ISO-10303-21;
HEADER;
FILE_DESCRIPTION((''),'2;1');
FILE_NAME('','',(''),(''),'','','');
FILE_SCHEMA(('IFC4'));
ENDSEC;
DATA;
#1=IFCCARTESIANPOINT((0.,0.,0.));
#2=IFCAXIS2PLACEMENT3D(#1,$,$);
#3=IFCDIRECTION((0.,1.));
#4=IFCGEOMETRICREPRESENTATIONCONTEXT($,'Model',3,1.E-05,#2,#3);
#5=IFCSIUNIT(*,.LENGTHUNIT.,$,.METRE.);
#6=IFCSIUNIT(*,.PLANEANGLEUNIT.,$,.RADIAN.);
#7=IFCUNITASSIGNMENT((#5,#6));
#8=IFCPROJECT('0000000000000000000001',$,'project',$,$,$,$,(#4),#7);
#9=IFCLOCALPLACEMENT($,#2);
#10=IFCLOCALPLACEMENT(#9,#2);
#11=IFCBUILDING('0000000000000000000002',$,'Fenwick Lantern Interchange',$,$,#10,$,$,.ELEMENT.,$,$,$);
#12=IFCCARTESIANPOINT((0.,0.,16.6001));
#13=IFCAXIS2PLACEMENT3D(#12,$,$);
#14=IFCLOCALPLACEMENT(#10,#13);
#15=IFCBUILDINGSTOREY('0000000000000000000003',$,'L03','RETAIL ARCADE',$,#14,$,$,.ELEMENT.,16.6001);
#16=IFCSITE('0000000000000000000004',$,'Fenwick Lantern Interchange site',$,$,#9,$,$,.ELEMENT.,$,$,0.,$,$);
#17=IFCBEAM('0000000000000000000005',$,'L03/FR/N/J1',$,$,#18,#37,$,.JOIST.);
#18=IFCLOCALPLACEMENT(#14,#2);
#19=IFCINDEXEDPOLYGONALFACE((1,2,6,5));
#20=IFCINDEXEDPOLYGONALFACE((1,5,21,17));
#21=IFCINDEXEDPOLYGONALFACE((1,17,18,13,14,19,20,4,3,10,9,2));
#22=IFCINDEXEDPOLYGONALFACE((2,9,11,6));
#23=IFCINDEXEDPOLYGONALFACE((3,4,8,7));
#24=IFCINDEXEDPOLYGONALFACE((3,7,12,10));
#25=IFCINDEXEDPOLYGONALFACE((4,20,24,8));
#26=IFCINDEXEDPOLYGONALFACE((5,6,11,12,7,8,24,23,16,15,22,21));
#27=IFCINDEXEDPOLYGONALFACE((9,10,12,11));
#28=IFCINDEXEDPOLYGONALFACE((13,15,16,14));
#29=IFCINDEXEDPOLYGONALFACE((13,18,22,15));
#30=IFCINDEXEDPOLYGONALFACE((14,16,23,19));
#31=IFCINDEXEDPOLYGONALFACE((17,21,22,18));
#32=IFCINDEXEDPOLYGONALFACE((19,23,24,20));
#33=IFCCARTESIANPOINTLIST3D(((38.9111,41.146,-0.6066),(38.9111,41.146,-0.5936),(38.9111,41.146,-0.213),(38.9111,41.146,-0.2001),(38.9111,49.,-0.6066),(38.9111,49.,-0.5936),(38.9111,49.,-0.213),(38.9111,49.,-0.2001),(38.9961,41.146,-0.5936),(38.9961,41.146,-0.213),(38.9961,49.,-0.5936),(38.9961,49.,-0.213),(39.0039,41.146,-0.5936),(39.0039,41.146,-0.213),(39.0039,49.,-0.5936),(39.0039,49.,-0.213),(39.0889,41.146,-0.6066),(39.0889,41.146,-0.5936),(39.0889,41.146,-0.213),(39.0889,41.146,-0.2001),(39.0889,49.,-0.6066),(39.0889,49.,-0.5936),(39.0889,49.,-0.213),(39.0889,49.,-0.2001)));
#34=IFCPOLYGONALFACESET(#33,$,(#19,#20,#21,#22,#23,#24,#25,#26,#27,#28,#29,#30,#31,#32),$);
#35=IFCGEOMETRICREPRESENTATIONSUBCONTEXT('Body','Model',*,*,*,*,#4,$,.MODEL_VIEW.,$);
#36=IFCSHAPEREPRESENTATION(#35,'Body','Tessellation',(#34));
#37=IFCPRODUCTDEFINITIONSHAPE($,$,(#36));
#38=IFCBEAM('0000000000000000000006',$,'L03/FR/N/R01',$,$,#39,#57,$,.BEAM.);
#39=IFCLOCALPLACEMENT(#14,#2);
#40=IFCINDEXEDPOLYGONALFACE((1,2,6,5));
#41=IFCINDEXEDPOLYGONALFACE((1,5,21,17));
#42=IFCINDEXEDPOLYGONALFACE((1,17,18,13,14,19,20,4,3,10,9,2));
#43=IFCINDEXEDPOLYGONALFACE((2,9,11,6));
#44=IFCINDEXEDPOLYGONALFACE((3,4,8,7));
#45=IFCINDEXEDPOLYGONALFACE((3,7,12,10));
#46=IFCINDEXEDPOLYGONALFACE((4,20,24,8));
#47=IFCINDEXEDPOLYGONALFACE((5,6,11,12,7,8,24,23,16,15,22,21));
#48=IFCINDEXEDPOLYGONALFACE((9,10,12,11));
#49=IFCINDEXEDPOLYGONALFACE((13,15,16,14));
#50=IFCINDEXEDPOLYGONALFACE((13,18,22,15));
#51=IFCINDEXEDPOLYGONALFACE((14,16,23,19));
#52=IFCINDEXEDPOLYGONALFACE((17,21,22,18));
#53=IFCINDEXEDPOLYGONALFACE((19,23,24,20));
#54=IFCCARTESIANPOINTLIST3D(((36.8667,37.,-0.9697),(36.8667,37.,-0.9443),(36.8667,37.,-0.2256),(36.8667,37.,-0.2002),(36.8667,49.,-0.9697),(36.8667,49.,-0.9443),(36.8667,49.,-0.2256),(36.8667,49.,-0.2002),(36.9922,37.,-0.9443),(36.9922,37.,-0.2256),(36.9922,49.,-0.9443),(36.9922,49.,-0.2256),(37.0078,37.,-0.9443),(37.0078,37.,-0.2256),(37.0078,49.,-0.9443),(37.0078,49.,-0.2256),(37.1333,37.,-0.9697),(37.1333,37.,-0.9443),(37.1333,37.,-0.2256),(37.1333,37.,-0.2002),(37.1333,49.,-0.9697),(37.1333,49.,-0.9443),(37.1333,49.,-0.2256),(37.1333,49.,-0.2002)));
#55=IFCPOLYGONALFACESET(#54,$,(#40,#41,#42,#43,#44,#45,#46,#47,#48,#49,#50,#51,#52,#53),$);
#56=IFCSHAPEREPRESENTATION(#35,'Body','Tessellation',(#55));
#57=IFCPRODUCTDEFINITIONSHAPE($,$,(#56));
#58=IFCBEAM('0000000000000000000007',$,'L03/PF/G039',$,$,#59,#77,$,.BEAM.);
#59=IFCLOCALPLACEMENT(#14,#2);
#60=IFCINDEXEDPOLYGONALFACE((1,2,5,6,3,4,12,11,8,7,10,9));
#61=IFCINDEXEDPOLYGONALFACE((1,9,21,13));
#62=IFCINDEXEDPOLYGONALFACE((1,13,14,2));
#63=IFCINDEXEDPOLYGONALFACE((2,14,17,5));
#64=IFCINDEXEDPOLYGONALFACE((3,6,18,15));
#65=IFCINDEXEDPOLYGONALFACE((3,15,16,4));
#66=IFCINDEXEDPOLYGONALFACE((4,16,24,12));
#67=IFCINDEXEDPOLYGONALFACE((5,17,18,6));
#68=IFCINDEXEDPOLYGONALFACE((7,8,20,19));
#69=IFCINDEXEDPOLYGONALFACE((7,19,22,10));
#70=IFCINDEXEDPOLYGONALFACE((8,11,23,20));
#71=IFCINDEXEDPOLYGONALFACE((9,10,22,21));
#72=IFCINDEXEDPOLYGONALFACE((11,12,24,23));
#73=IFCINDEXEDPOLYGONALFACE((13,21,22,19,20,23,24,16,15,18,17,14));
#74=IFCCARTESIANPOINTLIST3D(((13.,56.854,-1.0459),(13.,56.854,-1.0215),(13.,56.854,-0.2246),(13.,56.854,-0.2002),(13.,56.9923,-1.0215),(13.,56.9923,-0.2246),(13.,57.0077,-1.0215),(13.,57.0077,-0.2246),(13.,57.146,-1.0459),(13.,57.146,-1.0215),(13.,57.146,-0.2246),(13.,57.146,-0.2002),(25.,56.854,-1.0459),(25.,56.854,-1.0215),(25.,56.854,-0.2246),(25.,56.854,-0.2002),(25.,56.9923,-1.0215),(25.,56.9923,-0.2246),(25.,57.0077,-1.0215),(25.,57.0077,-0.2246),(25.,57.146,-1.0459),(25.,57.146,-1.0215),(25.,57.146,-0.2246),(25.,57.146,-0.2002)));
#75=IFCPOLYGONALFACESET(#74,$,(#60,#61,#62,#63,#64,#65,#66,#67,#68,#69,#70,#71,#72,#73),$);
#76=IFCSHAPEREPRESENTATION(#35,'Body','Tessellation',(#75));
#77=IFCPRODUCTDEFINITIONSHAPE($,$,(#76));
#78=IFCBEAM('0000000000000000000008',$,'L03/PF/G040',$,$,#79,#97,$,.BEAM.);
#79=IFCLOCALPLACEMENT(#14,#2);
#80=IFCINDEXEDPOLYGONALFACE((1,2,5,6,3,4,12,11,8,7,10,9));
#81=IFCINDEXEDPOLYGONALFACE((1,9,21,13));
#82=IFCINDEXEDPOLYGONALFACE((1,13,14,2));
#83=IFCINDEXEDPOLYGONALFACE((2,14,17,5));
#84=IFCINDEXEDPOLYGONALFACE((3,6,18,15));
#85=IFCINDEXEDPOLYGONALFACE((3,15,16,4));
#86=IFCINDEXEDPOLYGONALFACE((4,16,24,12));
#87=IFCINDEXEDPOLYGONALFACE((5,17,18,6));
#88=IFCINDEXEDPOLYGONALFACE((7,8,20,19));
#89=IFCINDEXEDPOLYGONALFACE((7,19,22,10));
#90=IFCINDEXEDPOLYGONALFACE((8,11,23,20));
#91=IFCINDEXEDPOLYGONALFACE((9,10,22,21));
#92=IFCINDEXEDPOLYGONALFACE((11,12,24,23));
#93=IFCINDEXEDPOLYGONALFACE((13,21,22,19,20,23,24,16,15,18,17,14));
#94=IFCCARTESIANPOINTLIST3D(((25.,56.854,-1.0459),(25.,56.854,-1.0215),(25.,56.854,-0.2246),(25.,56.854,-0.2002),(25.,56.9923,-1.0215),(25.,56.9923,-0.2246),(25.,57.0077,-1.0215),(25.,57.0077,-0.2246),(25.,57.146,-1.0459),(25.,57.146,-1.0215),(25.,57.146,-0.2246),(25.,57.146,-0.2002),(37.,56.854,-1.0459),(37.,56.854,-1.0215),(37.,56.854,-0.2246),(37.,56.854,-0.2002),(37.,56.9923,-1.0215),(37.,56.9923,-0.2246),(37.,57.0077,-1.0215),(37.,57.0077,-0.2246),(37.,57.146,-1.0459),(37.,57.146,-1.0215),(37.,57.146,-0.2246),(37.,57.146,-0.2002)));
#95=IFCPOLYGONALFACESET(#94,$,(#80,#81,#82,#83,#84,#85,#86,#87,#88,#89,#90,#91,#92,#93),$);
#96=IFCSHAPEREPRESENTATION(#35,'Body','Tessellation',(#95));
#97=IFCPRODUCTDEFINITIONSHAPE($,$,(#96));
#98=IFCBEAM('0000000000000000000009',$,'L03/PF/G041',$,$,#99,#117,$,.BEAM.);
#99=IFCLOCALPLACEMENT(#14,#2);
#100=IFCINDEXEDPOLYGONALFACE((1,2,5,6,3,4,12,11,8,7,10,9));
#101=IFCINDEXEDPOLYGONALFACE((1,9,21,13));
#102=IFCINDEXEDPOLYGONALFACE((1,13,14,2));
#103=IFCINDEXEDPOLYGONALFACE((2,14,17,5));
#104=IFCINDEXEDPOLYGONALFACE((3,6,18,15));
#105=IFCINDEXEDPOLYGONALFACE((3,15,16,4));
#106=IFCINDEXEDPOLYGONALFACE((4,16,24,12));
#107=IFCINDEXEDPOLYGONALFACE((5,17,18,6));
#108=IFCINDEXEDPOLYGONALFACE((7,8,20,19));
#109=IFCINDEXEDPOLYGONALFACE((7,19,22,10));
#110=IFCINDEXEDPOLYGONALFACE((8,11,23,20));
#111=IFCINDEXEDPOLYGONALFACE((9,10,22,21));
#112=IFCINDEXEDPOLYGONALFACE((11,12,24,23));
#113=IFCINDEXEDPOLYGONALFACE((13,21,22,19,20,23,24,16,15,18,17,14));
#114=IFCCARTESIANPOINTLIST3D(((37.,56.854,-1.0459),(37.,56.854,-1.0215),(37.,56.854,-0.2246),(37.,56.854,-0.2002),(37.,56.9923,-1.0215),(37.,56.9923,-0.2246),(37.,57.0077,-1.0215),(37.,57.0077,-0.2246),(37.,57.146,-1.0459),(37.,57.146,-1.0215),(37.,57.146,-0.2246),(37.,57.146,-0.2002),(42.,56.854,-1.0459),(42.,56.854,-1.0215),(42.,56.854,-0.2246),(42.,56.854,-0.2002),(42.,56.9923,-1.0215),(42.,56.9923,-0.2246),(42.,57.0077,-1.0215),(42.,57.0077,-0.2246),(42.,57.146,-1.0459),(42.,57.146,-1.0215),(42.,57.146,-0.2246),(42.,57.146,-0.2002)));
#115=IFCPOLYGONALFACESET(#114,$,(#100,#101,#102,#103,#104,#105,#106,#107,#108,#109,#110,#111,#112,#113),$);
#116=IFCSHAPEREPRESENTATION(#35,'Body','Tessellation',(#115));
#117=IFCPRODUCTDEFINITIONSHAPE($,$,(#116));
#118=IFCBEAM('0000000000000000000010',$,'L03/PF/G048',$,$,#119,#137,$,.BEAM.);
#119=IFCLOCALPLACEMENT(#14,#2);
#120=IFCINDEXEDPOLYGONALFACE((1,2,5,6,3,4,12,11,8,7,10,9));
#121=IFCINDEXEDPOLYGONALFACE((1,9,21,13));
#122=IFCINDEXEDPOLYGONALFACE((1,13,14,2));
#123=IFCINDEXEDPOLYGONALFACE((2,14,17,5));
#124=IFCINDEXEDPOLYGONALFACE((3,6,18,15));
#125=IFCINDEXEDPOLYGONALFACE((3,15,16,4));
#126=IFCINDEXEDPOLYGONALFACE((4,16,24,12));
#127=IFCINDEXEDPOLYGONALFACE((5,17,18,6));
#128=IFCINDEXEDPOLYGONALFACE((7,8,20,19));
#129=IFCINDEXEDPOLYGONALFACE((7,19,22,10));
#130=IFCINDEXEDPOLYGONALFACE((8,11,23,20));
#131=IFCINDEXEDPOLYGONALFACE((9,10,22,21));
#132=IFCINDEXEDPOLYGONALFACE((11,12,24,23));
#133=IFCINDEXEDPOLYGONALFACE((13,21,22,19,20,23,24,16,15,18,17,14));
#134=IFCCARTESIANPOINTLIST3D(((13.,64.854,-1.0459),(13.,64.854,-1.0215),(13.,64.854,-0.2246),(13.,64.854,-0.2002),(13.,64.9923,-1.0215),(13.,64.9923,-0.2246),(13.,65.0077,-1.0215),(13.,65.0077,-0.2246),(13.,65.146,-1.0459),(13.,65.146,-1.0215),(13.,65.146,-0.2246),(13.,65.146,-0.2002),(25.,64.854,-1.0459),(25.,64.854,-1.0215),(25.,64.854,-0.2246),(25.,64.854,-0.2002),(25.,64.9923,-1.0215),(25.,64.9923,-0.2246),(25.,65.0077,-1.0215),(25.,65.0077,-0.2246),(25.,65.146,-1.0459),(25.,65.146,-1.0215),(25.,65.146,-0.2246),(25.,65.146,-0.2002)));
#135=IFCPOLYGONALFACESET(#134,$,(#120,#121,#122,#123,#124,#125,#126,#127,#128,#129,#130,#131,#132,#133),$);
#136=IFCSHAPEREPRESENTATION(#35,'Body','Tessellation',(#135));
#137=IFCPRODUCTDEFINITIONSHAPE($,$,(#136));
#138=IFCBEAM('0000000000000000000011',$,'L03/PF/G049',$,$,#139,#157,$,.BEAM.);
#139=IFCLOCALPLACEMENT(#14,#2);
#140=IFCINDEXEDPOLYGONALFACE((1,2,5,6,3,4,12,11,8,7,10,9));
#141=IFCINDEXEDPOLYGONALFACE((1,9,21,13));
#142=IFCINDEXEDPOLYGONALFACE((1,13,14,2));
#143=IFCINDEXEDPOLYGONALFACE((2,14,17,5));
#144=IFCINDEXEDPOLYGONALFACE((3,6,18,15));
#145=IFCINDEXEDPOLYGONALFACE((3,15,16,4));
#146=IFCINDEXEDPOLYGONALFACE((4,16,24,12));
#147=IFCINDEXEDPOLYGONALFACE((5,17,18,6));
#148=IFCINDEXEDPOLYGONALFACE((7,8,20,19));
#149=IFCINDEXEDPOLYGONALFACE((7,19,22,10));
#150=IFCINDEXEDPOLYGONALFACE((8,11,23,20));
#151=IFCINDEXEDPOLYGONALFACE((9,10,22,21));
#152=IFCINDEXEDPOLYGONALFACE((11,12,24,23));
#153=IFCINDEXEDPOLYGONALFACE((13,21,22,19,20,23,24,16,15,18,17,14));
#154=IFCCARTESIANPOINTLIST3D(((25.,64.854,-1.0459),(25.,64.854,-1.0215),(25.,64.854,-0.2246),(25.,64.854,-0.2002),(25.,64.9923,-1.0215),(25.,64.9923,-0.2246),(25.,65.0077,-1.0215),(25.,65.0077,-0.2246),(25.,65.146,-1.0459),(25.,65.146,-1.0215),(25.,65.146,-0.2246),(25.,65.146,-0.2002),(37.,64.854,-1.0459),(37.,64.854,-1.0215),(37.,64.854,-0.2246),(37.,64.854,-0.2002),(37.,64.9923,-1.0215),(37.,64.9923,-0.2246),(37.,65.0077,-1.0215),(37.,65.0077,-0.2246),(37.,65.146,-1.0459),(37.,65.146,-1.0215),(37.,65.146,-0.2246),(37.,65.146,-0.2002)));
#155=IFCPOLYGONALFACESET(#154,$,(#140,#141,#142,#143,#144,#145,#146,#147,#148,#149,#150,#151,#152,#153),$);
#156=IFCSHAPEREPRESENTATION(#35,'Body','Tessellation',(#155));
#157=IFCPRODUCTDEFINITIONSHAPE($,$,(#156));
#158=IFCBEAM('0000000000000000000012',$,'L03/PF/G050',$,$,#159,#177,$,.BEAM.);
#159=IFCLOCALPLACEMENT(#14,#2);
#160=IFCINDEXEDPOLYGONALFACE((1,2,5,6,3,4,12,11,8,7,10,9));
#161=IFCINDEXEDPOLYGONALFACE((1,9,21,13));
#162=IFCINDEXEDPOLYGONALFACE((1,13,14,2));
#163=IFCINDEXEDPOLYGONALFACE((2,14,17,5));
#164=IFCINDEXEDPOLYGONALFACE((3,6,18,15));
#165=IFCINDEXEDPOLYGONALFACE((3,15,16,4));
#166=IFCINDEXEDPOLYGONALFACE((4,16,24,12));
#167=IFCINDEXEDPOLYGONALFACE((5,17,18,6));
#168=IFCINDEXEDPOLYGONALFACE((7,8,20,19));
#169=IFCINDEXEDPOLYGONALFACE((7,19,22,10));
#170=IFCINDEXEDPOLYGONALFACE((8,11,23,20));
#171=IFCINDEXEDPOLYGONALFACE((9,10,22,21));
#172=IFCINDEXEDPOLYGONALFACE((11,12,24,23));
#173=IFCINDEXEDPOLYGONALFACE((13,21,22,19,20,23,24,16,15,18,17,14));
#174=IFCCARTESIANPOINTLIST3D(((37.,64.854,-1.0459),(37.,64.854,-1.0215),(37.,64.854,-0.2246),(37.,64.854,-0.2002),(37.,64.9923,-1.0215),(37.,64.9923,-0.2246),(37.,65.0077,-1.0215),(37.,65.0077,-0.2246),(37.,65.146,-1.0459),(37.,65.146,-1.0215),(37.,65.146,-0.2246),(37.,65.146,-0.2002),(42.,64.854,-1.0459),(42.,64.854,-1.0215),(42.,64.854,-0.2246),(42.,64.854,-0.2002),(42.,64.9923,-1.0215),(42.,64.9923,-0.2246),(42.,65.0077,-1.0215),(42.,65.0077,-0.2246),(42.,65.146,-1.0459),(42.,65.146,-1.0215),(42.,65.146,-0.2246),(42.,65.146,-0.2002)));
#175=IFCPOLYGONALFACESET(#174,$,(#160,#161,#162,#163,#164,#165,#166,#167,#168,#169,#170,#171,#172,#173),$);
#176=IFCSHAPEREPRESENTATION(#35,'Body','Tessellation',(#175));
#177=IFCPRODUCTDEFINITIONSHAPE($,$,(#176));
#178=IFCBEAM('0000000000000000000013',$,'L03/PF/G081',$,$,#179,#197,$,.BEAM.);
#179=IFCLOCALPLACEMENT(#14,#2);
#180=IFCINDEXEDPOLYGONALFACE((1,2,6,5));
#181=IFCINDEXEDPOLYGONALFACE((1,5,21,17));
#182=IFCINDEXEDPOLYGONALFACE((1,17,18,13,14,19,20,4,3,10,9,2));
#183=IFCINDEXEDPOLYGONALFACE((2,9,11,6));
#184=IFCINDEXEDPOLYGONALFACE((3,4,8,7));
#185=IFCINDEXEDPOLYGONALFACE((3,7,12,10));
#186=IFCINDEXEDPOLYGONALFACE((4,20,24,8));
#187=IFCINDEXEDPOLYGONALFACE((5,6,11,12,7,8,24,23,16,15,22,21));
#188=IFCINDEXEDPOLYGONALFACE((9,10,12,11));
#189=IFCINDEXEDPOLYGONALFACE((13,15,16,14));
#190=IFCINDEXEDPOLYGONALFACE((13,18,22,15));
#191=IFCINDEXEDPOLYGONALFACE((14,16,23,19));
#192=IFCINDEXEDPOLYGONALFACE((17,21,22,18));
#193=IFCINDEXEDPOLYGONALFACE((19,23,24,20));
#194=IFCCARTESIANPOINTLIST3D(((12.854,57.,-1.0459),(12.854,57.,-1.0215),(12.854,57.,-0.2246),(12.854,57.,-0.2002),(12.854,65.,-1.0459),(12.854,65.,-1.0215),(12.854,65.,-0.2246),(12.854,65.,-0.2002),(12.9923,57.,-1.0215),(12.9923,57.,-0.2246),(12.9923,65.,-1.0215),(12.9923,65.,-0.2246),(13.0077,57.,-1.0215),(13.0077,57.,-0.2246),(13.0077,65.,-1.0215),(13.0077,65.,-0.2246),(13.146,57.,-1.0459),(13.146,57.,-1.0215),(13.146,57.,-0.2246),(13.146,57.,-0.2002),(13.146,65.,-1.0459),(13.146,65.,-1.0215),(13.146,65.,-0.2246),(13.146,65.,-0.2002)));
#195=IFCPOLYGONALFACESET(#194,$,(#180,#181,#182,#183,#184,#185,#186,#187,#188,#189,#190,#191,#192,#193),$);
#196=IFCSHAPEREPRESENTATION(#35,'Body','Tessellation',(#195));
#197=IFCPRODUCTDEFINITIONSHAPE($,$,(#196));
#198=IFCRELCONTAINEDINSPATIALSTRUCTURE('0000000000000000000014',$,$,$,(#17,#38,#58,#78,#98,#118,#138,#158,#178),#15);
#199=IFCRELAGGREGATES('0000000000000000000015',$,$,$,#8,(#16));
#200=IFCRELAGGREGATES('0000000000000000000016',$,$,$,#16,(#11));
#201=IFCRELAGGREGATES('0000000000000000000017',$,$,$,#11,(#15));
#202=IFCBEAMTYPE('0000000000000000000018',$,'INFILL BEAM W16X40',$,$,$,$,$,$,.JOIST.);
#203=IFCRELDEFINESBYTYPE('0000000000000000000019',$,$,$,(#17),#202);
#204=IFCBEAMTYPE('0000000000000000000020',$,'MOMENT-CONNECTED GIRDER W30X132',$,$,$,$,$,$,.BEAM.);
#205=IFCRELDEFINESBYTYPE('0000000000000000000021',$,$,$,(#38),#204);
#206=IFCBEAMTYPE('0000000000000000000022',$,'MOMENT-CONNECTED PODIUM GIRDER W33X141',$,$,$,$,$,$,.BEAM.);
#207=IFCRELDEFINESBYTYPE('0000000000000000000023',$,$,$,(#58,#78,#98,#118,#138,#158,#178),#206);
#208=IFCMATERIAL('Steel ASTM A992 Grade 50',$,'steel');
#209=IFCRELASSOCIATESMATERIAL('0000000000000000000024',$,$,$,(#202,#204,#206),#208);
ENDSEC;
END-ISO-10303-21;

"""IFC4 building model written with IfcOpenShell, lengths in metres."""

from ifc_helpers import new_model, si_unit, direction, frame, origin, origin_2d, place, context, subcontext, project, spatial, i_section, extrude, material, material_profile, profile_set, type_object, element, save


model = new_model("IFC4")

# Units and contexts
model_context = context("Model", 3, precision=1e-05, world=origin(), true_north=direction((0.0, 1.0)))
body_context = subcontext(model_context, "Body", "Model", "MODEL_VIEW")
ifc_project = project(units=[si_unit("LENGTHUNIT", "METRE"), si_unit("PLANEANGLEUNIT", "RADIAN")], contexts=[model_context])

# Site, building, storey
site_placement = place(None, origin())
site = spatial("IfcSite", under=ifc_project, at=site_placement, Name="Fenwick Lantern Interchange site", CompositionType="ELEMENT", RefElevation=0.0)
building_placement = place(site_placement, origin())
building = spatial("IfcBuilding", under=site, at=building_placement, Name="Fenwick Lantern Interchange", CompositionType="ELEMENT")
storey_placement = place(building_placement, frame((0.0, 0.0, 16.6001)))
storey = spatial("IfcBuildingStorey", under=building, at=storey_placement, Name="L03", Description="RETAIL ARCADE", CompositionType="ELEMENT", Elevation=16.6001)

# Shared definitions
ifc_material_1 = material(Name="Steel ASTM A992 Grade 50", Category="steel")

# Beams
ifc_material_profile_1 = material_profile(ifc_material_1, i_section(OverallWidth=0.1777, OverallDepth=0.4065, WebThickness=0.0078, FlangeThickness=0.0129, at=origin_2d()), Name="W16X40")
ifc_profile_set_1 = profile_set([ifc_material_profile_1], Name="Steel ASTM A992 Grade 50")
beam_type_1 = type_object("IfcBeamType", Name="INFILL BEAM W16X40", PredefinedType="JOIST", material=ifc_profile_set_1)
beam_1_placement = place(storey_placement, frame((39.0, 49.0, -0.4033), z_axis=(0.0, -1.0, 0.0), x_axis=(1.0, 0.0, 0.0)))
element("IfcBeam", 1, at=beam_1_placement, inside=storey, type_object=beam_type_1, Name="L03/FR/N/J1", PredefinedType="JOIST", context=body_context, shape_type="SweptSolid", body=[
    extrude(i_section(OverallWidth=0.1777, OverallDepth=0.4065, WebThickness=0.0078, FlangeThickness=0.0129, at=origin_2d()), origin(), (0.0, 0.0, 1.0), 7.854),
])
ifc_material_profile_2 = material_profile(ifc_material_1, i_section(OverallWidth=0.2666, OverallDepth=0.7695, WebThickness=0.0156, FlangeThickness=0.0254, at=origin_2d()), Name="W30X132")
ifc_profile_set_2 = profile_set([ifc_material_profile_2], Name="Steel ASTM A992 Grade 50")
beam_type_2 = type_object("IfcBeamType", Name="MOMENT-CONNECTED GIRDER W30X132", PredefinedType="BEAM", material=ifc_profile_set_2)
beam_2_placement = place(storey_placement, frame((37.0, 49.0, -0.585), z_axis=(0.0, -1.0, 0.0), x_axis=(1.0, 0.0, 0.0)))
element("IfcBeam", 2, at=beam_2_placement, inside=storey, type_object=beam_type_2, Name="L03/FR/N/R01", PredefinedType="BEAM", context=body_context, shape_type="SweptSolid", body=[
    extrude(i_section(OverallWidth=0.2666, OverallDepth=0.7695, WebThickness=0.0156, FlangeThickness=0.0254, at=origin_2d()), origin(), (0.0, 0.0, 1.0), 12.0),
])
ifc_material_profile_3 = material_profile(ifc_material_1, i_section(OverallWidth=0.292, OverallDepth=0.8457, WebThickness=0.0154, FlangeThickness=0.0244, at=origin_2d()), Name="W33X141")
ifc_profile_set_3 = profile_set([ifc_material_profile_3], Name="Steel ASTM A992 Grade 50")
beam_type_3 = type_object("IfcBeamType", Name="MOMENT-CONNECTED PODIUM GIRDER W33X141", PredefinedType="BEAM", material=ifc_profile_set_3)
for number, where, z_axis, x_axis, name in (
    (3, (13.0, 57.0, -0.623), (1.0, 0.0, 0.0), (0.0, 1.0, 0.0), "L03/PF/G039"),
    (4, (25.0, 57.0, -0.623), (1.0, 0.0, 0.0), (0.0, 1.0, 0.0), "L03/PF/G040"),
):
    element("IfcBeam", number, at=place(storey_placement, frame(where, z_axis=z_axis, x_axis=x_axis)), inside=storey, type_object=beam_type_3, Name=name, PredefinedType="BEAM", context=body_context, shape_type="SweptSolid", body=[
        extrude(i_section(OverallWidth=0.292, OverallDepth=0.8457, WebThickness=0.0154, FlangeThickness=0.0244, at=origin_2d()), origin(), (0.0, 0.0, 1.0), 12.0),
    ])
beam_3_placement = place(storey_placement, frame((37.0, 57.0, -0.623), z_axis=(1.0, 0.0, 0.0), x_axis=(0.0, 1.0, 0.0)))
element("IfcBeam", 5, at=beam_3_placement, inside=storey, type_object=beam_type_3, Name="L03/PF/G041", PredefinedType="BEAM", context=body_context, shape_type="SweptSolid", body=[
    extrude(i_section(OverallWidth=0.292, OverallDepth=0.8457, WebThickness=0.0154, FlangeThickness=0.0244, at=origin_2d()), origin(), (0.0, 0.0, 1.0), 5.0),
])
for number, where, z_axis, x_axis, name in (
    (6, (13.0, 65.0, -0.623), (1.0, 0.0, 0.0), (0.0, 1.0, 0.0), "L03/PF/G048"),
    (7, (25.0, 65.0, -0.623), (1.0, 0.0, 0.0), (0.0, 1.0, 0.0), "L03/PF/G049"),
):
    element("IfcBeam", number, at=place(storey_placement, frame(where, z_axis=z_axis, x_axis=x_axis)), inside=storey, type_object=beam_type_3, Name=name, PredefinedType="BEAM", context=body_context, shape_type="SweptSolid", body=[
        extrude(i_section(OverallWidth=0.292, OverallDepth=0.8457, WebThickness=0.0154, FlangeThickness=0.0244, at=origin_2d()), origin(), (0.0, 0.0, 1.0), 12.0),
    ])
beam_4_placement = place(storey_placement, frame((37.0, 65.0, -0.623), z_axis=(1.0, 0.0, 0.0), x_axis=(0.0, 1.0, 0.0)))
element("IfcBeam", 8, at=beam_4_placement, inside=storey, type_object=beam_type_3, Name="L03/PF/G050", PredefinedType="BEAM", context=body_context, shape_type="SweptSolid", body=[
    extrude(i_section(OverallWidth=0.292, OverallDepth=0.8457, WebThickness=0.0154, FlangeThickness=0.0244, at=origin_2d()), origin(), (0.0, 0.0, 1.0), 5.0),
])
for number, where, z_axis, x_axis, name in (
    (9, (13.0, 57.0, -0.623), (0.0, 1.0, 0.0), (-1.0, 0.0, 0.0), "L03/PF/G081"),
):
    element("IfcBeam", number, at=place(storey_placement, frame(where, z_axis=z_axis, x_axis=x_axis)), inside=storey, type_object=beam_type_3, Name=name, PredefinedType="BEAM", context=body_context, shape_type="SweptSolid", body=[
        extrude(i_section(OverallWidth=0.292, OverallDepth=0.8457, WebThickness=0.0154, FlangeThickness=0.0244, at=origin_2d()), origin(), (0.0, 0.0, 1.0), 8.0),
    ])

save(model, "model.ifc")
